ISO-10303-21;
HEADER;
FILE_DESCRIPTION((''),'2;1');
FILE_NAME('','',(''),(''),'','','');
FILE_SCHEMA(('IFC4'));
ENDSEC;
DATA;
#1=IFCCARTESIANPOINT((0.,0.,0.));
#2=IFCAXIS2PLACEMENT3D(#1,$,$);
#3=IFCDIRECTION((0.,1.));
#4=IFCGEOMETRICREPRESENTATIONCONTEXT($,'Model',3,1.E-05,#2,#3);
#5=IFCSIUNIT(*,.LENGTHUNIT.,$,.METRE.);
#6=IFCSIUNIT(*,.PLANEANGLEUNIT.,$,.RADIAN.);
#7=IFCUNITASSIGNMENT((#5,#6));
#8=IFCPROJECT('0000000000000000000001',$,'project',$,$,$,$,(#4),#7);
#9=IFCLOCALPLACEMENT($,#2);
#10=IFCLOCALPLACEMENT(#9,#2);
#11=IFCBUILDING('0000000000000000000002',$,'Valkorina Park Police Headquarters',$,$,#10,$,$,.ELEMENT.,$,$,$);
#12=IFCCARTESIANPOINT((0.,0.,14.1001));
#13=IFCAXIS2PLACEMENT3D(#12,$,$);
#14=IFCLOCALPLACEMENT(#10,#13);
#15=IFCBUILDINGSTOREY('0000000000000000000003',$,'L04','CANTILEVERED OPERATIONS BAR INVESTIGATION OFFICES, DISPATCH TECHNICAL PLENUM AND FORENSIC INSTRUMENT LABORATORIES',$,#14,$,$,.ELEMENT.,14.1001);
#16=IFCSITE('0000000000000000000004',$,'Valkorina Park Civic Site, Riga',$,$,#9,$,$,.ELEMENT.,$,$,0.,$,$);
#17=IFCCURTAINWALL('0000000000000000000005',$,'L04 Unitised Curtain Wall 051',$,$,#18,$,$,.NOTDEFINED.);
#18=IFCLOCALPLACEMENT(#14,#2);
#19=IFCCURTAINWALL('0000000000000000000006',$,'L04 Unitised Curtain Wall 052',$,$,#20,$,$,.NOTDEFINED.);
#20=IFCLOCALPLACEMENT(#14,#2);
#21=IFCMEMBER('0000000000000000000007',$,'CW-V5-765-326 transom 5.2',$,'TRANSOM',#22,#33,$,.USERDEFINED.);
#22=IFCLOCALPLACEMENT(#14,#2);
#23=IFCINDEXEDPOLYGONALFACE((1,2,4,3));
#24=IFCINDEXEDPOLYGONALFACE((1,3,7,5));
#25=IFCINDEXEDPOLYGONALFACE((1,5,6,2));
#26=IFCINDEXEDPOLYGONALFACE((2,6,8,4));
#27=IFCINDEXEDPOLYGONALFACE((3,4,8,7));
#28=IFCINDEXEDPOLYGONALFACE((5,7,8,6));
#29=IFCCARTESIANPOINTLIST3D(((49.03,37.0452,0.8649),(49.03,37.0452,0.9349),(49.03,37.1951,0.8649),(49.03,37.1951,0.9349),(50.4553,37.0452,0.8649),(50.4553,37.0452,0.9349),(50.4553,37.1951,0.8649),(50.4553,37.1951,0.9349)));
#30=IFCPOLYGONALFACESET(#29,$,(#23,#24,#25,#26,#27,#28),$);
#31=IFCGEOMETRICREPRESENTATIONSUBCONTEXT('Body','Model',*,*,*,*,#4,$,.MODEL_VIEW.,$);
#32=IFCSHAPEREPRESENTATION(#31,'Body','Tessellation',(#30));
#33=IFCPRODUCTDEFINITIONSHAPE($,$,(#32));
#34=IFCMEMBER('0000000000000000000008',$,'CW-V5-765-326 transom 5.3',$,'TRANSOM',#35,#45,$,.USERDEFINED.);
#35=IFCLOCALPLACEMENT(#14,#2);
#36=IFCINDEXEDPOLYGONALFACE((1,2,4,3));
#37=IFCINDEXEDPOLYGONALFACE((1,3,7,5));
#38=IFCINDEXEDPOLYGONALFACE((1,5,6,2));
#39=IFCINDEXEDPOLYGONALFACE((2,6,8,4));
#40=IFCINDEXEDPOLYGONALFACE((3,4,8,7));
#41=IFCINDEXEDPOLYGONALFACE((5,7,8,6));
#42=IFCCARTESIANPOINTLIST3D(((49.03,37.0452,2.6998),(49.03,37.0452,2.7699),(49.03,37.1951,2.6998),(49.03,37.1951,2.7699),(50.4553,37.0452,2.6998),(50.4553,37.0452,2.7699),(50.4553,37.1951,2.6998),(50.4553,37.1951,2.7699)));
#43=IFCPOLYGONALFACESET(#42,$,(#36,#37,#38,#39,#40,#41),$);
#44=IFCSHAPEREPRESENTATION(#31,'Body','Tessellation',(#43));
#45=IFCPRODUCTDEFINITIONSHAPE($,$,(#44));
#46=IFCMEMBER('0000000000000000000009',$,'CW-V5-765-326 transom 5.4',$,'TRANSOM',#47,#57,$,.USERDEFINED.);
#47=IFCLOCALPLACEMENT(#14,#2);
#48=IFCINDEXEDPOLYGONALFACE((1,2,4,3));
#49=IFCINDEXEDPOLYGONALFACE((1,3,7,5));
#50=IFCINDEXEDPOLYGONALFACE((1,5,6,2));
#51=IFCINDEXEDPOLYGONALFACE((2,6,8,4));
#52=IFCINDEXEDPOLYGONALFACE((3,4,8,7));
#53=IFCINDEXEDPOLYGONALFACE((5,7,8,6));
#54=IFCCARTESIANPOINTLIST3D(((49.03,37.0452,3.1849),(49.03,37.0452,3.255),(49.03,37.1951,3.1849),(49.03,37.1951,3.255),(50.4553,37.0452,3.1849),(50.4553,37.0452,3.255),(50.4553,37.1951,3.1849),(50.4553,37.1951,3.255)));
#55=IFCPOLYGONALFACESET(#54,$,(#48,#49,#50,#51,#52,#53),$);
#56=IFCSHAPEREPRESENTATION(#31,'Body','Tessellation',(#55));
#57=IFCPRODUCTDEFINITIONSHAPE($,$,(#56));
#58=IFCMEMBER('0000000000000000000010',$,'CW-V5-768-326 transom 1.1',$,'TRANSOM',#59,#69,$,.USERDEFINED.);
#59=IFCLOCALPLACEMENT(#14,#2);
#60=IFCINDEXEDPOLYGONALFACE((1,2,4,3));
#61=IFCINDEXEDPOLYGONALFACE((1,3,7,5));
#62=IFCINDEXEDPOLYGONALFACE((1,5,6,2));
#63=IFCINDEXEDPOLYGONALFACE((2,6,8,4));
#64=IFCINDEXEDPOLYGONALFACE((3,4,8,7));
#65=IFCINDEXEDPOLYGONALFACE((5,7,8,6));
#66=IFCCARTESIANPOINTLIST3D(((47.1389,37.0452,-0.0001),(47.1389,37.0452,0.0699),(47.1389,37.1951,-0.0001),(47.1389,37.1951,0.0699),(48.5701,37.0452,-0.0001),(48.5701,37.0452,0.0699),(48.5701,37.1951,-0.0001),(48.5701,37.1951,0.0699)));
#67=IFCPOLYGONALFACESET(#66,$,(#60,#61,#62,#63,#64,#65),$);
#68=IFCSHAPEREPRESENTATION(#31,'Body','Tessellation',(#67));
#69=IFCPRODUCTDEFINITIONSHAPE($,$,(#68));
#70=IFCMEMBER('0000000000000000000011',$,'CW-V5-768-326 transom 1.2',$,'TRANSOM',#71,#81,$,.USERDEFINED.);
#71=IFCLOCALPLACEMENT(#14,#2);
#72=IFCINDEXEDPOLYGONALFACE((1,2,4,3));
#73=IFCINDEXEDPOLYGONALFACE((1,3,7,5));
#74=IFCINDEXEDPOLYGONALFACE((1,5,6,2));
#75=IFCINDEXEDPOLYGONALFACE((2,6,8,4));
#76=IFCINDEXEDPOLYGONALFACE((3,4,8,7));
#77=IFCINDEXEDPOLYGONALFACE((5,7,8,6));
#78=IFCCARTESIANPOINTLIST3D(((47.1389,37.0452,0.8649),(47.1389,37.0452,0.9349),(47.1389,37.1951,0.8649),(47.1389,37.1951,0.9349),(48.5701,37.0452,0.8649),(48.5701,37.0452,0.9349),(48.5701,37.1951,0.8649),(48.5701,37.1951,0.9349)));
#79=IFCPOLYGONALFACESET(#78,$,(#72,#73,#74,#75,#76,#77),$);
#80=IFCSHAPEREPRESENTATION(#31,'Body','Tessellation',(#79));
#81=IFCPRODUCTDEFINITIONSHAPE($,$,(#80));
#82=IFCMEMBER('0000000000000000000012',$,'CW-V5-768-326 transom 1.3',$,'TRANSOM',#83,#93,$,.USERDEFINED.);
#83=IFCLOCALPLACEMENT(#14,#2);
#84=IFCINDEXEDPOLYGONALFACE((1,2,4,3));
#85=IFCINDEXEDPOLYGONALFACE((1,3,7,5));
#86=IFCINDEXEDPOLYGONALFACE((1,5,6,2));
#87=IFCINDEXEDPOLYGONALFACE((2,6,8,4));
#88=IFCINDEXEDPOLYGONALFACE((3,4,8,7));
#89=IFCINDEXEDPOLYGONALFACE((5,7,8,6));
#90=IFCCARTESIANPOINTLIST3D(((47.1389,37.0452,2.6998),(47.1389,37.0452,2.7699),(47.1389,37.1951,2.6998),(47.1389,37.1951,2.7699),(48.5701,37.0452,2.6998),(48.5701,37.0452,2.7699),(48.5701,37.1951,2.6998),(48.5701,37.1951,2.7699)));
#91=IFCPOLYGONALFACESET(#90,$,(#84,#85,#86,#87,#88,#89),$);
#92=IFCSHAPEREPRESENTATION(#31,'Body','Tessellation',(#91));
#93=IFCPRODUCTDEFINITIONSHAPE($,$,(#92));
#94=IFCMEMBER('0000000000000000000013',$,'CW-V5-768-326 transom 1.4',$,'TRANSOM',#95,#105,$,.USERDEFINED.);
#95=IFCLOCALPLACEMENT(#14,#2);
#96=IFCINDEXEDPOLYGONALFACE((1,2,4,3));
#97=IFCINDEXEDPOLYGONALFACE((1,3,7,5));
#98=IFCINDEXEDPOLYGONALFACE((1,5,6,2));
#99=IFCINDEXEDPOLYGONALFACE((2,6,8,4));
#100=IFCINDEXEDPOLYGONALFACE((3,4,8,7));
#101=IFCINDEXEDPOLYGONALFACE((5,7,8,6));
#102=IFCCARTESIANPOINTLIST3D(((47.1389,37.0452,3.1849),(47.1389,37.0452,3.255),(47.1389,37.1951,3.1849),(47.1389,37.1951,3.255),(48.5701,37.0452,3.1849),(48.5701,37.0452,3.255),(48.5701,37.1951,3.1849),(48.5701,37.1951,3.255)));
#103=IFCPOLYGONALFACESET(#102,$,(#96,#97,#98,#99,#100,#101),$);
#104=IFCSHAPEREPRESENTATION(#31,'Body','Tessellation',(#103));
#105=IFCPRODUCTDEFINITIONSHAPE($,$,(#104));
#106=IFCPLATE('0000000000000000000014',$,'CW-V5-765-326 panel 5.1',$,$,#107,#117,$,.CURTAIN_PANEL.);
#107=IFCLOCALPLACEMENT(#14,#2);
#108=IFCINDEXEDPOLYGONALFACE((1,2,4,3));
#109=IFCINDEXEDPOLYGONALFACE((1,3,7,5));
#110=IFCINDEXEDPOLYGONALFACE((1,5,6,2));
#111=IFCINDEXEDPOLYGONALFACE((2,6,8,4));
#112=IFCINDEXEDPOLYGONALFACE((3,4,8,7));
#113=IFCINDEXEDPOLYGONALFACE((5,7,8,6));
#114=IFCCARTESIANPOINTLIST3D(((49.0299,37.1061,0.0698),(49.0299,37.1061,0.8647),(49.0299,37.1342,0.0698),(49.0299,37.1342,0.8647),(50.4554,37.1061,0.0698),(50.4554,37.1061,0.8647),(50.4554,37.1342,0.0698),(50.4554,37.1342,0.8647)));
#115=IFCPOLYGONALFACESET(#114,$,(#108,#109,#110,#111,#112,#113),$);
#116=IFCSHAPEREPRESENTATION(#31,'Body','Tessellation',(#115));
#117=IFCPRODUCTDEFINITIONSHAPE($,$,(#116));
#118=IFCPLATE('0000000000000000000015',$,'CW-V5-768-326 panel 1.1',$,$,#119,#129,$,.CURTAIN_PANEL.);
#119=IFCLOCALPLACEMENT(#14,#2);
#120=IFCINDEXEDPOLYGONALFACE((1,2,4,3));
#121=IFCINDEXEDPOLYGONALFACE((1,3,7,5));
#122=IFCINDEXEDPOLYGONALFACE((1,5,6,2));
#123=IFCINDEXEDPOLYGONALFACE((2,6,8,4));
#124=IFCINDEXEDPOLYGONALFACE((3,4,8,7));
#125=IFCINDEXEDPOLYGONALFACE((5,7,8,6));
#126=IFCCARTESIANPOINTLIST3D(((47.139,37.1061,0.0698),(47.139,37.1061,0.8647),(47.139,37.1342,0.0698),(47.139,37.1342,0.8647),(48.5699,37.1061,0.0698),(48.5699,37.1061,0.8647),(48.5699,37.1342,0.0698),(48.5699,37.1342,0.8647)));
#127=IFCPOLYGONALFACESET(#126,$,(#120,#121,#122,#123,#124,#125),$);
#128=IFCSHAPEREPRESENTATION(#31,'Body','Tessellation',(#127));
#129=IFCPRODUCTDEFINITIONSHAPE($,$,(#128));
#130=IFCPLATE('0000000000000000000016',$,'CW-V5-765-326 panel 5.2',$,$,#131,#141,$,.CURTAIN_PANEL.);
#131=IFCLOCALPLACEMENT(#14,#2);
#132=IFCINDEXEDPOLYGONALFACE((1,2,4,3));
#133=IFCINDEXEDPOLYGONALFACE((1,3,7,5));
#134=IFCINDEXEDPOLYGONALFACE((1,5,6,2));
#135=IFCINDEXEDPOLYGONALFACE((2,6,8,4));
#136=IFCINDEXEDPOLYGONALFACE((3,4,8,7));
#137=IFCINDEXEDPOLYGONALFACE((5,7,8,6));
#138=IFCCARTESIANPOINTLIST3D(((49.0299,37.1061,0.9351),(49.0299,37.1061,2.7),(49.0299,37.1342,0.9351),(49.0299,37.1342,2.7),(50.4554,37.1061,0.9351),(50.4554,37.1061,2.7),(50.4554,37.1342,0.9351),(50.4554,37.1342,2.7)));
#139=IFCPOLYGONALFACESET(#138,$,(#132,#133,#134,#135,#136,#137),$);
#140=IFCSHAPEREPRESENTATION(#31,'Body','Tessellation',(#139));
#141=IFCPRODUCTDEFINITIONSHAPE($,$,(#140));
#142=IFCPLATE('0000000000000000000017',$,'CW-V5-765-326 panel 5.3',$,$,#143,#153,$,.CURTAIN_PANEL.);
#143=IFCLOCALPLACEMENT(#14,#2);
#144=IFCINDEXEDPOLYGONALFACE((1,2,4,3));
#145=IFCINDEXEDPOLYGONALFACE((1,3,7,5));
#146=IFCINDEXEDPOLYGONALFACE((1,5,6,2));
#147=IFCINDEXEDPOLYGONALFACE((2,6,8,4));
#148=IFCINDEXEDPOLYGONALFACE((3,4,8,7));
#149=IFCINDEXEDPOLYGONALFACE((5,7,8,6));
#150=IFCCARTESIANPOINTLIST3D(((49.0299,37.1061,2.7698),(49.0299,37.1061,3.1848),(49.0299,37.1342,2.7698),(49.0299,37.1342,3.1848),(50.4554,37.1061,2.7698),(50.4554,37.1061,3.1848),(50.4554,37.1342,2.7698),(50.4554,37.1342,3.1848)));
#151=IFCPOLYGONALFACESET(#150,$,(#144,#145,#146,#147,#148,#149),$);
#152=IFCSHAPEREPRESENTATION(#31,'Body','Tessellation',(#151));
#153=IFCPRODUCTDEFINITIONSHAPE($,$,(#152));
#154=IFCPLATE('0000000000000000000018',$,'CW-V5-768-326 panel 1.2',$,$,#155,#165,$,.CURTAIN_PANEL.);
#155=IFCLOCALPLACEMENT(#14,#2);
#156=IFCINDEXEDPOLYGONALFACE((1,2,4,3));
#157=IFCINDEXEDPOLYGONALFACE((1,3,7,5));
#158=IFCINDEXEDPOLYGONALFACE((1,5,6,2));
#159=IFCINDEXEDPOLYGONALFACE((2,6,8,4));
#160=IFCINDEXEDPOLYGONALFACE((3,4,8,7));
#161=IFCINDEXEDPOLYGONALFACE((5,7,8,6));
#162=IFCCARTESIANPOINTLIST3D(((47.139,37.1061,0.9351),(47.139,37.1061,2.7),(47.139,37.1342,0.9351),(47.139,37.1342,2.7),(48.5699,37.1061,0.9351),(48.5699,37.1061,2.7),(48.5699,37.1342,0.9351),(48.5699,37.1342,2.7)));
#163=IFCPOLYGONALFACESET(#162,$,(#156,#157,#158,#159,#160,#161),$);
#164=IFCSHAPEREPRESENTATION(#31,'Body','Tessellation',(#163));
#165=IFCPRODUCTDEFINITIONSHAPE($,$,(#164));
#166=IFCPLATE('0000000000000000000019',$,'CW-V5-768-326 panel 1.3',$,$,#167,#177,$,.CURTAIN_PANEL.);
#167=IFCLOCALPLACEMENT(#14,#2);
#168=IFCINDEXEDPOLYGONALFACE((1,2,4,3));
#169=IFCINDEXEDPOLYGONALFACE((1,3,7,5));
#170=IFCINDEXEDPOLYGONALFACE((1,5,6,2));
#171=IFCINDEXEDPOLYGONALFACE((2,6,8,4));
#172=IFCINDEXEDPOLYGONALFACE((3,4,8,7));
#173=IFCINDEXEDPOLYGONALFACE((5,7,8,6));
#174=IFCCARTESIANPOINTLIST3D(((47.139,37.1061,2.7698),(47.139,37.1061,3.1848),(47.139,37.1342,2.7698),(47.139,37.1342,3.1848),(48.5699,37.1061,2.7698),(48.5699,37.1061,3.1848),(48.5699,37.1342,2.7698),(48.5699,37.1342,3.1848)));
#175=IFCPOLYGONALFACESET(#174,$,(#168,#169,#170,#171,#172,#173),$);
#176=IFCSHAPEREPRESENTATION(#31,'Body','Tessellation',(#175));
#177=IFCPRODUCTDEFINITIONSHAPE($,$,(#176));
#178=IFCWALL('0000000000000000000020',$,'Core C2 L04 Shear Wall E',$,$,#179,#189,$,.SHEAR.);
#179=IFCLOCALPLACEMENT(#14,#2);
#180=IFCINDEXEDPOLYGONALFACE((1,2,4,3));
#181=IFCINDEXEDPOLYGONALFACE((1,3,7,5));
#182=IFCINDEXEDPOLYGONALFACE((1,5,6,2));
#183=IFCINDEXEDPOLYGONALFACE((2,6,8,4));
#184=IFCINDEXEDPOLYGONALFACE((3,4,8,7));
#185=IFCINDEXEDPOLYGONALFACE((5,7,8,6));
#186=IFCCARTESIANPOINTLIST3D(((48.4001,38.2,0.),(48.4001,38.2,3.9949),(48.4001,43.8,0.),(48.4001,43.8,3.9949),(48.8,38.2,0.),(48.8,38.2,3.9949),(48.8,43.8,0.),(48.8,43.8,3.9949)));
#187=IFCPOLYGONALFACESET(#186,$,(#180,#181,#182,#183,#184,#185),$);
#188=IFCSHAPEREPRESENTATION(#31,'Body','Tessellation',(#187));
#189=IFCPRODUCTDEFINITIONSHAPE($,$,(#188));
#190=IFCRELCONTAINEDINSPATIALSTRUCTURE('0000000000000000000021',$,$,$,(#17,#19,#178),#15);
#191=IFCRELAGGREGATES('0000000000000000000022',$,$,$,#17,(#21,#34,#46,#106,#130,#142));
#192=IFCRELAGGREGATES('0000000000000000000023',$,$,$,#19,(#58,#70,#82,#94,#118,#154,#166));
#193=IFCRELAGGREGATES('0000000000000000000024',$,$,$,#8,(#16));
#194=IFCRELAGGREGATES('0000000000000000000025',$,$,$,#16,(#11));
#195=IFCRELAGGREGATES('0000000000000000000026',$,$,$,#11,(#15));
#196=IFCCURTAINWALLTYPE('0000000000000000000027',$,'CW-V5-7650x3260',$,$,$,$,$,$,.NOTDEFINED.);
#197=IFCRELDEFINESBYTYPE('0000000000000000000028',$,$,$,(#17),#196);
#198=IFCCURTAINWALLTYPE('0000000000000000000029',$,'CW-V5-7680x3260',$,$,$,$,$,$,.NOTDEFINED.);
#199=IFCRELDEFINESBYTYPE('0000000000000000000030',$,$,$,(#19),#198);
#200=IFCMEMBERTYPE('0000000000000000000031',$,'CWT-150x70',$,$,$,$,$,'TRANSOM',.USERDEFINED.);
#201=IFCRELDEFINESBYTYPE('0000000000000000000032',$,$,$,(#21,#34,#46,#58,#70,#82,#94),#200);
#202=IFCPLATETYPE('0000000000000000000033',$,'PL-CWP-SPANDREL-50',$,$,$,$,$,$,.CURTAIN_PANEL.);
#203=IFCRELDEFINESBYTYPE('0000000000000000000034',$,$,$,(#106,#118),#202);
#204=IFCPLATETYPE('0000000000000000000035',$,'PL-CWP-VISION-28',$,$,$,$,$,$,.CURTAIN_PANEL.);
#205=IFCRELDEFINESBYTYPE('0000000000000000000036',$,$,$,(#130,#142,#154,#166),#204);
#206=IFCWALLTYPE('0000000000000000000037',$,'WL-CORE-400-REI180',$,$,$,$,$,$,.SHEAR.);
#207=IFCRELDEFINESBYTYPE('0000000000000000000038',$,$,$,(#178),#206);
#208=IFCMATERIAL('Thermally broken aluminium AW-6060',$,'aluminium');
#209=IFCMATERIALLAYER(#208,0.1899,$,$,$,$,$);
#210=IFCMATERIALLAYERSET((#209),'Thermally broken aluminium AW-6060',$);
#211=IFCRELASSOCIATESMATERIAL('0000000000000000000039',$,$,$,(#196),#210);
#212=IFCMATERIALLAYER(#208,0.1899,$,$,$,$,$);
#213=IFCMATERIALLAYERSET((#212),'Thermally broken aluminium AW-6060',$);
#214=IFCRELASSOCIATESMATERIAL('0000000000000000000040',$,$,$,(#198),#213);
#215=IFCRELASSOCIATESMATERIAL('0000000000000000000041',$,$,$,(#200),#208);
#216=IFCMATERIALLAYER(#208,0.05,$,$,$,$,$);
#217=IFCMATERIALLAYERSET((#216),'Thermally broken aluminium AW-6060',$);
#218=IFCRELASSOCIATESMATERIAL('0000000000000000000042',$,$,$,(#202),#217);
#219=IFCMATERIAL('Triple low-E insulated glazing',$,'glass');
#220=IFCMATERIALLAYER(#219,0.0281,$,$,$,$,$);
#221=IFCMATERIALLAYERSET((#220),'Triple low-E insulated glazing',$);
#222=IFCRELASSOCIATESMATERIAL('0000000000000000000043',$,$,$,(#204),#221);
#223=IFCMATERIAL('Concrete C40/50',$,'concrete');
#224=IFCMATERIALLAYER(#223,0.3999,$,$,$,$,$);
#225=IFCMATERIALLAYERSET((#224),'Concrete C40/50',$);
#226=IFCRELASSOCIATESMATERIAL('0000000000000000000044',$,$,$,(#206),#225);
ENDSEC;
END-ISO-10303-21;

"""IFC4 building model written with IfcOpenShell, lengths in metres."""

from ifc_helpers import new_model, si_unit, direction, frame, frame_2d, origin, origin_2d, place, context, subcontext, project, spatial, rectangle, extrude, material, layer, layer_set, material_profile, profile_set, type_object, element, aggregate, save


model = new_model("IFC4")

# Units and contexts
model_context = context("Model", 3, precision=1e-05, world=origin(), true_north=direction((0.0, 1.0)))
body_context = subcontext(model_context, "Body", "Model", "MODEL_VIEW")
ifc_project = project(units=[si_unit("LENGTHUNIT", "METRE"), si_unit("PLANEANGLEUNIT", "RADIAN")], contexts=[model_context])

# Site, building, storey
site_placement = place(None, origin())
site = spatial("IfcSite", under=ifc_project, at=site_placement, Name="Valkorina Park Civic Site, Riga", CompositionType="ELEMENT", RefElevation=0.0)
building_placement = place(site_placement, origin())
building = spatial("IfcBuilding", under=site, at=building_placement, Name="Valkorina Park Police Headquarters", CompositionType="ELEMENT")
storey_placement = place(building_placement, frame((0.0, 0.0, 14.1001)))
storey = spatial("IfcBuildingStorey", under=building, at=storey_placement, Name="L04", Description="CANTILEVERED OPERATIONS BAR INVESTIGATION OFFICES, DISPATCH TECHNICAL PLENUM AND FORENSIC INSTRUMENT LABORATORIES", CompositionType="ELEMENT", Elevation=14.1001)

# Curtain walls
ifc_material_1 = material(Name="Thermally broken aluminium AW-6060", Category="aluminium")
ifc_layer_1 = layer(ifc_material_1, 0.1899)
ifc_layer_set_1 = layer_set([ifc_layer_1], Name="Thermally broken aluminium AW-6060")
curtain_wall_type_1 = type_object("IfcCurtainWallType", Name="CW-V5-7650x3260", PredefinedType="NOTDEFINED", material=ifc_layer_set_1)
curtain_wall_1_placement = place(storey_placement, origin())
curtain_wall_1 = element("IfcCurtainWall", 1, at=curtain_wall_1_placement, inside=storey, type_object=curtain_wall_type_1, Name="L04 Unitised Curtain Wall 051", PredefinedType="NOTDEFINED")
ifc_layer_2 = layer(ifc_material_1, 0.1899)
ifc_layer_set_2 = layer_set([ifc_layer_2], Name="Thermally broken aluminium AW-6060")
curtain_wall_type_2 = type_object("IfcCurtainWallType", Name="CW-V5-7680x3260", PredefinedType="NOTDEFINED", material=ifc_layer_set_2)
curtain_wall_2_placement = place(storey_placement, origin())
curtain_wall_2 = element("IfcCurtainWall", 2, at=curtain_wall_2_placement, inside=storey, type_object=curtain_wall_type_2, Name="L04 Unitised Curtain Wall 052", PredefinedType="NOTDEFINED")

# Members
ifc_material_profile_1 = material_profile(ifc_material_1, rectangle(XDim=0.1499, YDim=0.0701, at=origin_2d()), Name="CWT-02 150x70")
ifc_profile_set_1 = profile_set([ifc_material_profile_1], Name="Thermally broken aluminium AW-6060")
member_type_1 = type_object("IfcMemberType", Name="CWT-150x70", ElementType="TRANSOM", PredefinedType="USERDEFINED", material=ifc_profile_set_1)
member_1_placement = place(storey_placement, frame((50.4553, 37.1201, 0.8999), z_axis=(-1.0, 0.0, 0.0), x_axis=(0.0, -1.0, 0.0)))
member_1 = element("IfcMember", 3, at=member_1_placement, type_object=member_type_1, Name="CW-V5-765-326 transom 5.2", ObjectType="TRANSOM", PredefinedType="USERDEFINED", context=body_context, shape_type="SweptSolid", body=[
    extrude(rectangle(XDim=0.1499, YDim=0.0701, at=origin_2d()), origin(), (0.0, 0.0, 1.0), 1.4253),
])
member_2_placement = place(storey_placement, frame((50.4553, 37.1201, 2.7349), z_axis=(-1.0, 0.0, 0.0), x_axis=(0.0, -1.0, 0.0)))
member_2 = element("IfcMember", 4, at=member_2_placement, type_object=member_type_1, Name="CW-V5-765-326 transom 5.3", ObjectType="TRANSOM", PredefinedType="USERDEFINED", context=body_context, shape_type="SweptSolid", body=[
    extrude(rectangle(XDim=0.1499, YDim=0.0701, at=origin_2d()), origin(), (0.0, 0.0, 1.0), 1.4253),
])
member_3_placement = place(storey_placement, frame((50.4553, 37.1201, 3.22), z_axis=(-1.0, 0.0, 0.0), x_axis=(0.0, -1.0, 0.0)))
member_3 = element("IfcMember", 5, at=member_3_placement, type_object=member_type_1, Name="CW-V5-765-326 transom 5.4", ObjectType="TRANSOM", PredefinedType="USERDEFINED", context=body_context, shape_type="SweptSolid", body=[
    extrude(rectangle(XDim=0.1499, YDim=0.0701, at=origin_2d()), origin(), (0.0, 0.0, 1.0), 1.4253),
])
member_4_placement = place(storey_placement, frame((48.5701, 37.1201, 0.0349), z_axis=(-1.0, 0.0, 0.0), x_axis=(0.0, -1.0, 0.0)))
member_4 = element("IfcMember", 6, at=member_4_placement, type_object=member_type_1, Name="CW-V5-768-326 transom 1.1", ObjectType="TRANSOM", PredefinedType="USERDEFINED", context=body_context, shape_type="SweptSolid", body=[
    extrude(rectangle(XDim=0.1499, YDim=0.0701, at=origin_2d()), origin(), (0.0, 0.0, 1.0), 1.4312),
])
member_5_placement = place(storey_placement, frame((48.5701, 37.1201, 0.8999), z_axis=(-1.0, 0.0, 0.0), x_axis=(0.0, -1.0, 0.0)))
member_5 = element("IfcMember", 7, at=member_5_placement, type_object=member_type_1, Name="CW-V5-768-326 transom 1.2", ObjectType="TRANSOM", PredefinedType="USERDEFINED", context=body_context, shape_type="SweptSolid", body=[
    extrude(rectangle(XDim=0.1499, YDim=0.0701, at=origin_2d()), origin(), (0.0, 0.0, 1.0), 1.4312),
])
member_6_placement = place(storey_placement, frame((48.5701, 37.1201, 2.7349), z_axis=(-1.0, 0.0, 0.0), x_axis=(0.0, -1.0, 0.0)))
member_6 = element("IfcMember", 8, at=member_6_placement, type_object=member_type_1, Name="CW-V5-768-326 transom 1.3", ObjectType="TRANSOM", PredefinedType="USERDEFINED", context=body_context, shape_type="SweptSolid", body=[
    extrude(rectangle(XDim=0.1499, YDim=0.0701, at=origin_2d()), origin(), (0.0, 0.0, 1.0), 1.4312),
])
member_7_placement = place(storey_placement, frame((48.5701, 37.1201, 3.22), z_axis=(-1.0, 0.0, 0.0), x_axis=(0.0, -1.0, 0.0)))
member_7 = element("IfcMember", 9, at=member_7_placement, type_object=member_type_1, Name="CW-V5-768-326 transom 1.4", ObjectType="TRANSOM", PredefinedType="USERDEFINED", context=body_context, shape_type="SweptSolid", body=[
    extrude(rectangle(XDim=0.1499, YDim=0.0701, at=origin_2d()), origin(), (0.0, 0.0, 1.0), 1.4312),
])

# Plates
ifc_layer_3 = layer(ifc_material_1, 0.05)
ifc_layer_set_3 = layer_set([ifc_layer_3], Name="Thermally broken aluminium AW-6060")
plate_type_1 = type_object("IfcPlateType", Name="PL-CWP-SPANDREL-50", PredefinedType="CURTAIN_PANEL", material=ifc_layer_set_3)
plate_1_placement = place(storey_placement, frame((49.7427, 37.1201, 0.0698), z_axis=(0.0, 0.0, 1.0), x_axis=(-1.0, 0.0, 0.0)))
plate_1 = element("IfcPlate", 10, at=plate_1_placement, type_object=plate_type_1, Name="CW-V5-765-326 panel 5.1", PredefinedType="CURTAIN_PANEL", context=body_context, shape_type="SweptSolid", body=[
    extrude(rectangle(XDim=1.4255, YDim=0.0281, at=origin_2d()), origin(), (0.0, 0.0, 1.0), 0.7949),
])
plate_2_placement = place(storey_placement, frame((47.8545, 37.1201, 0.0698), z_axis=(0.0, 0.0, 1.0), x_axis=(-1.0, 0.0, 0.0)))
plate_2 = element("IfcPlate", 11, at=plate_2_placement, type_object=plate_type_1, Name="CW-V5-768-326 panel 1.1", PredefinedType="CURTAIN_PANEL", context=body_context, shape_type="SweptSolid", body=[
    extrude(rectangle(XDim=1.4309, YDim=0.0281, at=origin_2d()), origin(), (0.0, 0.0, 1.0), 0.7949),
])
ifc_material_2 = material(Name="Triple low-E insulated glazing", Category="glass")
ifc_layer_4 = layer(ifc_material_2, 0.0281)
ifc_layer_set_4 = layer_set([ifc_layer_4], Name="Triple low-E insulated glazing")
plate_type_2 = type_object("IfcPlateType", Name="PL-CWP-VISION-28", PredefinedType="CURTAIN_PANEL", material=ifc_layer_set_4)
plate_3_placement = place(storey_placement, frame((49.7427, 37.1201, 0.9351), z_axis=(0.0, 0.0, 1.0), x_axis=(-1.0, 0.0, 0.0)))
plate_3 = element("IfcPlate", 12, at=plate_3_placement, type_object=plate_type_2, Name="CW-V5-765-326 panel 5.2", PredefinedType="CURTAIN_PANEL", context=body_context, shape_type="SweptSolid", body=[
    extrude(rectangle(XDim=1.4255, YDim=0.0281, at=origin_2d()), origin(), (0.0, 0.0, 1.0), 1.7649),
])
plate_4_placement = place(storey_placement, frame((49.7427, 37.1201, 2.7698), z_axis=(0.0, 0.0, 1.0), x_axis=(-1.0, 0.0, 0.0)))
plate_4 = element("IfcPlate", 13, at=plate_4_placement, type_object=plate_type_2, Name="CW-V5-765-326 panel 5.3", PredefinedType="CURTAIN_PANEL", context=body_context, shape_type="SweptSolid", body=[
    extrude(rectangle(XDim=1.4255, YDim=0.0281, at=origin_2d()), origin(), (0.0, 0.0, 1.0), 0.415),
])
aggregate(curtain_wall_1, [member_1, member_2, member_3, plate_1, plate_3, plate_4])
plate_5_placement = place(storey_placement, frame((47.8545, 37.1201, 0.9351), z_axis=(0.0, 0.0, 1.0), x_axis=(-1.0, 0.0, 0.0)))
plate_5 = element("IfcPlate", 14, at=plate_5_placement, type_object=plate_type_2, Name="CW-V5-768-326 panel 1.2", PredefinedType="CURTAIN_PANEL", context=body_context, shape_type="SweptSolid", body=[
    extrude(rectangle(XDim=1.4309, YDim=0.0281, at=origin_2d()), origin(), (0.0, 0.0, 1.0), 1.7649),
])
plate_6_placement = place(storey_placement, frame((47.8545, 37.1201, 2.7698), z_axis=(0.0, 0.0, 1.0), x_axis=(-1.0, 0.0, 0.0)))
plate_6 = element("IfcPlate", 15, at=plate_6_placement, type_object=plate_type_2, Name="CW-V5-768-326 panel 1.3", PredefinedType="CURTAIN_PANEL", context=body_context, shape_type="SweptSolid", body=[
    extrude(rectangle(XDim=1.4309, YDim=0.0281, at=origin_2d()), origin(), (0.0, 0.0, 1.0), 0.415),
])
aggregate(curtain_wall_2, [member_4, member_5, member_6, member_7, plate_2, plate_5, plate_6])

# Wall
ifc_material_3 = material(Name="Concrete C40/50", Category="concrete")
ifc_layer_5 = layer(ifc_material_3, 0.3999)
ifc_layer_set_5 = layer_set([ifc_layer_5], Name="Concrete C40/50")
wall_type = type_object("IfcWallType", Name="WL-CORE-400-REI180", PredefinedType="SHEAR", material=ifc_layer_set_5)
wall_placement = place(storey_placement, frame((48.6001, 38.2, 0.0), z_axis=(0.0, 0.0, 1.0), x_axis=(0.0, 1.0, 0.0)))
element("IfcWall", 16, at=wall_placement, inside=storey, type_object=wall_type, Name="Core C2 L04 Shear Wall E", PredefinedType="SHEAR", context=body_context, shape_type="SweptSolid", body=[
    extrude(rectangle(XDim=5.6001, YDim=0.3999, at=frame_2d((2.8, 0.0))), origin(), (0.0, 0.0, 1.0), 3.9949),
])

save(model, "model.ifc")
